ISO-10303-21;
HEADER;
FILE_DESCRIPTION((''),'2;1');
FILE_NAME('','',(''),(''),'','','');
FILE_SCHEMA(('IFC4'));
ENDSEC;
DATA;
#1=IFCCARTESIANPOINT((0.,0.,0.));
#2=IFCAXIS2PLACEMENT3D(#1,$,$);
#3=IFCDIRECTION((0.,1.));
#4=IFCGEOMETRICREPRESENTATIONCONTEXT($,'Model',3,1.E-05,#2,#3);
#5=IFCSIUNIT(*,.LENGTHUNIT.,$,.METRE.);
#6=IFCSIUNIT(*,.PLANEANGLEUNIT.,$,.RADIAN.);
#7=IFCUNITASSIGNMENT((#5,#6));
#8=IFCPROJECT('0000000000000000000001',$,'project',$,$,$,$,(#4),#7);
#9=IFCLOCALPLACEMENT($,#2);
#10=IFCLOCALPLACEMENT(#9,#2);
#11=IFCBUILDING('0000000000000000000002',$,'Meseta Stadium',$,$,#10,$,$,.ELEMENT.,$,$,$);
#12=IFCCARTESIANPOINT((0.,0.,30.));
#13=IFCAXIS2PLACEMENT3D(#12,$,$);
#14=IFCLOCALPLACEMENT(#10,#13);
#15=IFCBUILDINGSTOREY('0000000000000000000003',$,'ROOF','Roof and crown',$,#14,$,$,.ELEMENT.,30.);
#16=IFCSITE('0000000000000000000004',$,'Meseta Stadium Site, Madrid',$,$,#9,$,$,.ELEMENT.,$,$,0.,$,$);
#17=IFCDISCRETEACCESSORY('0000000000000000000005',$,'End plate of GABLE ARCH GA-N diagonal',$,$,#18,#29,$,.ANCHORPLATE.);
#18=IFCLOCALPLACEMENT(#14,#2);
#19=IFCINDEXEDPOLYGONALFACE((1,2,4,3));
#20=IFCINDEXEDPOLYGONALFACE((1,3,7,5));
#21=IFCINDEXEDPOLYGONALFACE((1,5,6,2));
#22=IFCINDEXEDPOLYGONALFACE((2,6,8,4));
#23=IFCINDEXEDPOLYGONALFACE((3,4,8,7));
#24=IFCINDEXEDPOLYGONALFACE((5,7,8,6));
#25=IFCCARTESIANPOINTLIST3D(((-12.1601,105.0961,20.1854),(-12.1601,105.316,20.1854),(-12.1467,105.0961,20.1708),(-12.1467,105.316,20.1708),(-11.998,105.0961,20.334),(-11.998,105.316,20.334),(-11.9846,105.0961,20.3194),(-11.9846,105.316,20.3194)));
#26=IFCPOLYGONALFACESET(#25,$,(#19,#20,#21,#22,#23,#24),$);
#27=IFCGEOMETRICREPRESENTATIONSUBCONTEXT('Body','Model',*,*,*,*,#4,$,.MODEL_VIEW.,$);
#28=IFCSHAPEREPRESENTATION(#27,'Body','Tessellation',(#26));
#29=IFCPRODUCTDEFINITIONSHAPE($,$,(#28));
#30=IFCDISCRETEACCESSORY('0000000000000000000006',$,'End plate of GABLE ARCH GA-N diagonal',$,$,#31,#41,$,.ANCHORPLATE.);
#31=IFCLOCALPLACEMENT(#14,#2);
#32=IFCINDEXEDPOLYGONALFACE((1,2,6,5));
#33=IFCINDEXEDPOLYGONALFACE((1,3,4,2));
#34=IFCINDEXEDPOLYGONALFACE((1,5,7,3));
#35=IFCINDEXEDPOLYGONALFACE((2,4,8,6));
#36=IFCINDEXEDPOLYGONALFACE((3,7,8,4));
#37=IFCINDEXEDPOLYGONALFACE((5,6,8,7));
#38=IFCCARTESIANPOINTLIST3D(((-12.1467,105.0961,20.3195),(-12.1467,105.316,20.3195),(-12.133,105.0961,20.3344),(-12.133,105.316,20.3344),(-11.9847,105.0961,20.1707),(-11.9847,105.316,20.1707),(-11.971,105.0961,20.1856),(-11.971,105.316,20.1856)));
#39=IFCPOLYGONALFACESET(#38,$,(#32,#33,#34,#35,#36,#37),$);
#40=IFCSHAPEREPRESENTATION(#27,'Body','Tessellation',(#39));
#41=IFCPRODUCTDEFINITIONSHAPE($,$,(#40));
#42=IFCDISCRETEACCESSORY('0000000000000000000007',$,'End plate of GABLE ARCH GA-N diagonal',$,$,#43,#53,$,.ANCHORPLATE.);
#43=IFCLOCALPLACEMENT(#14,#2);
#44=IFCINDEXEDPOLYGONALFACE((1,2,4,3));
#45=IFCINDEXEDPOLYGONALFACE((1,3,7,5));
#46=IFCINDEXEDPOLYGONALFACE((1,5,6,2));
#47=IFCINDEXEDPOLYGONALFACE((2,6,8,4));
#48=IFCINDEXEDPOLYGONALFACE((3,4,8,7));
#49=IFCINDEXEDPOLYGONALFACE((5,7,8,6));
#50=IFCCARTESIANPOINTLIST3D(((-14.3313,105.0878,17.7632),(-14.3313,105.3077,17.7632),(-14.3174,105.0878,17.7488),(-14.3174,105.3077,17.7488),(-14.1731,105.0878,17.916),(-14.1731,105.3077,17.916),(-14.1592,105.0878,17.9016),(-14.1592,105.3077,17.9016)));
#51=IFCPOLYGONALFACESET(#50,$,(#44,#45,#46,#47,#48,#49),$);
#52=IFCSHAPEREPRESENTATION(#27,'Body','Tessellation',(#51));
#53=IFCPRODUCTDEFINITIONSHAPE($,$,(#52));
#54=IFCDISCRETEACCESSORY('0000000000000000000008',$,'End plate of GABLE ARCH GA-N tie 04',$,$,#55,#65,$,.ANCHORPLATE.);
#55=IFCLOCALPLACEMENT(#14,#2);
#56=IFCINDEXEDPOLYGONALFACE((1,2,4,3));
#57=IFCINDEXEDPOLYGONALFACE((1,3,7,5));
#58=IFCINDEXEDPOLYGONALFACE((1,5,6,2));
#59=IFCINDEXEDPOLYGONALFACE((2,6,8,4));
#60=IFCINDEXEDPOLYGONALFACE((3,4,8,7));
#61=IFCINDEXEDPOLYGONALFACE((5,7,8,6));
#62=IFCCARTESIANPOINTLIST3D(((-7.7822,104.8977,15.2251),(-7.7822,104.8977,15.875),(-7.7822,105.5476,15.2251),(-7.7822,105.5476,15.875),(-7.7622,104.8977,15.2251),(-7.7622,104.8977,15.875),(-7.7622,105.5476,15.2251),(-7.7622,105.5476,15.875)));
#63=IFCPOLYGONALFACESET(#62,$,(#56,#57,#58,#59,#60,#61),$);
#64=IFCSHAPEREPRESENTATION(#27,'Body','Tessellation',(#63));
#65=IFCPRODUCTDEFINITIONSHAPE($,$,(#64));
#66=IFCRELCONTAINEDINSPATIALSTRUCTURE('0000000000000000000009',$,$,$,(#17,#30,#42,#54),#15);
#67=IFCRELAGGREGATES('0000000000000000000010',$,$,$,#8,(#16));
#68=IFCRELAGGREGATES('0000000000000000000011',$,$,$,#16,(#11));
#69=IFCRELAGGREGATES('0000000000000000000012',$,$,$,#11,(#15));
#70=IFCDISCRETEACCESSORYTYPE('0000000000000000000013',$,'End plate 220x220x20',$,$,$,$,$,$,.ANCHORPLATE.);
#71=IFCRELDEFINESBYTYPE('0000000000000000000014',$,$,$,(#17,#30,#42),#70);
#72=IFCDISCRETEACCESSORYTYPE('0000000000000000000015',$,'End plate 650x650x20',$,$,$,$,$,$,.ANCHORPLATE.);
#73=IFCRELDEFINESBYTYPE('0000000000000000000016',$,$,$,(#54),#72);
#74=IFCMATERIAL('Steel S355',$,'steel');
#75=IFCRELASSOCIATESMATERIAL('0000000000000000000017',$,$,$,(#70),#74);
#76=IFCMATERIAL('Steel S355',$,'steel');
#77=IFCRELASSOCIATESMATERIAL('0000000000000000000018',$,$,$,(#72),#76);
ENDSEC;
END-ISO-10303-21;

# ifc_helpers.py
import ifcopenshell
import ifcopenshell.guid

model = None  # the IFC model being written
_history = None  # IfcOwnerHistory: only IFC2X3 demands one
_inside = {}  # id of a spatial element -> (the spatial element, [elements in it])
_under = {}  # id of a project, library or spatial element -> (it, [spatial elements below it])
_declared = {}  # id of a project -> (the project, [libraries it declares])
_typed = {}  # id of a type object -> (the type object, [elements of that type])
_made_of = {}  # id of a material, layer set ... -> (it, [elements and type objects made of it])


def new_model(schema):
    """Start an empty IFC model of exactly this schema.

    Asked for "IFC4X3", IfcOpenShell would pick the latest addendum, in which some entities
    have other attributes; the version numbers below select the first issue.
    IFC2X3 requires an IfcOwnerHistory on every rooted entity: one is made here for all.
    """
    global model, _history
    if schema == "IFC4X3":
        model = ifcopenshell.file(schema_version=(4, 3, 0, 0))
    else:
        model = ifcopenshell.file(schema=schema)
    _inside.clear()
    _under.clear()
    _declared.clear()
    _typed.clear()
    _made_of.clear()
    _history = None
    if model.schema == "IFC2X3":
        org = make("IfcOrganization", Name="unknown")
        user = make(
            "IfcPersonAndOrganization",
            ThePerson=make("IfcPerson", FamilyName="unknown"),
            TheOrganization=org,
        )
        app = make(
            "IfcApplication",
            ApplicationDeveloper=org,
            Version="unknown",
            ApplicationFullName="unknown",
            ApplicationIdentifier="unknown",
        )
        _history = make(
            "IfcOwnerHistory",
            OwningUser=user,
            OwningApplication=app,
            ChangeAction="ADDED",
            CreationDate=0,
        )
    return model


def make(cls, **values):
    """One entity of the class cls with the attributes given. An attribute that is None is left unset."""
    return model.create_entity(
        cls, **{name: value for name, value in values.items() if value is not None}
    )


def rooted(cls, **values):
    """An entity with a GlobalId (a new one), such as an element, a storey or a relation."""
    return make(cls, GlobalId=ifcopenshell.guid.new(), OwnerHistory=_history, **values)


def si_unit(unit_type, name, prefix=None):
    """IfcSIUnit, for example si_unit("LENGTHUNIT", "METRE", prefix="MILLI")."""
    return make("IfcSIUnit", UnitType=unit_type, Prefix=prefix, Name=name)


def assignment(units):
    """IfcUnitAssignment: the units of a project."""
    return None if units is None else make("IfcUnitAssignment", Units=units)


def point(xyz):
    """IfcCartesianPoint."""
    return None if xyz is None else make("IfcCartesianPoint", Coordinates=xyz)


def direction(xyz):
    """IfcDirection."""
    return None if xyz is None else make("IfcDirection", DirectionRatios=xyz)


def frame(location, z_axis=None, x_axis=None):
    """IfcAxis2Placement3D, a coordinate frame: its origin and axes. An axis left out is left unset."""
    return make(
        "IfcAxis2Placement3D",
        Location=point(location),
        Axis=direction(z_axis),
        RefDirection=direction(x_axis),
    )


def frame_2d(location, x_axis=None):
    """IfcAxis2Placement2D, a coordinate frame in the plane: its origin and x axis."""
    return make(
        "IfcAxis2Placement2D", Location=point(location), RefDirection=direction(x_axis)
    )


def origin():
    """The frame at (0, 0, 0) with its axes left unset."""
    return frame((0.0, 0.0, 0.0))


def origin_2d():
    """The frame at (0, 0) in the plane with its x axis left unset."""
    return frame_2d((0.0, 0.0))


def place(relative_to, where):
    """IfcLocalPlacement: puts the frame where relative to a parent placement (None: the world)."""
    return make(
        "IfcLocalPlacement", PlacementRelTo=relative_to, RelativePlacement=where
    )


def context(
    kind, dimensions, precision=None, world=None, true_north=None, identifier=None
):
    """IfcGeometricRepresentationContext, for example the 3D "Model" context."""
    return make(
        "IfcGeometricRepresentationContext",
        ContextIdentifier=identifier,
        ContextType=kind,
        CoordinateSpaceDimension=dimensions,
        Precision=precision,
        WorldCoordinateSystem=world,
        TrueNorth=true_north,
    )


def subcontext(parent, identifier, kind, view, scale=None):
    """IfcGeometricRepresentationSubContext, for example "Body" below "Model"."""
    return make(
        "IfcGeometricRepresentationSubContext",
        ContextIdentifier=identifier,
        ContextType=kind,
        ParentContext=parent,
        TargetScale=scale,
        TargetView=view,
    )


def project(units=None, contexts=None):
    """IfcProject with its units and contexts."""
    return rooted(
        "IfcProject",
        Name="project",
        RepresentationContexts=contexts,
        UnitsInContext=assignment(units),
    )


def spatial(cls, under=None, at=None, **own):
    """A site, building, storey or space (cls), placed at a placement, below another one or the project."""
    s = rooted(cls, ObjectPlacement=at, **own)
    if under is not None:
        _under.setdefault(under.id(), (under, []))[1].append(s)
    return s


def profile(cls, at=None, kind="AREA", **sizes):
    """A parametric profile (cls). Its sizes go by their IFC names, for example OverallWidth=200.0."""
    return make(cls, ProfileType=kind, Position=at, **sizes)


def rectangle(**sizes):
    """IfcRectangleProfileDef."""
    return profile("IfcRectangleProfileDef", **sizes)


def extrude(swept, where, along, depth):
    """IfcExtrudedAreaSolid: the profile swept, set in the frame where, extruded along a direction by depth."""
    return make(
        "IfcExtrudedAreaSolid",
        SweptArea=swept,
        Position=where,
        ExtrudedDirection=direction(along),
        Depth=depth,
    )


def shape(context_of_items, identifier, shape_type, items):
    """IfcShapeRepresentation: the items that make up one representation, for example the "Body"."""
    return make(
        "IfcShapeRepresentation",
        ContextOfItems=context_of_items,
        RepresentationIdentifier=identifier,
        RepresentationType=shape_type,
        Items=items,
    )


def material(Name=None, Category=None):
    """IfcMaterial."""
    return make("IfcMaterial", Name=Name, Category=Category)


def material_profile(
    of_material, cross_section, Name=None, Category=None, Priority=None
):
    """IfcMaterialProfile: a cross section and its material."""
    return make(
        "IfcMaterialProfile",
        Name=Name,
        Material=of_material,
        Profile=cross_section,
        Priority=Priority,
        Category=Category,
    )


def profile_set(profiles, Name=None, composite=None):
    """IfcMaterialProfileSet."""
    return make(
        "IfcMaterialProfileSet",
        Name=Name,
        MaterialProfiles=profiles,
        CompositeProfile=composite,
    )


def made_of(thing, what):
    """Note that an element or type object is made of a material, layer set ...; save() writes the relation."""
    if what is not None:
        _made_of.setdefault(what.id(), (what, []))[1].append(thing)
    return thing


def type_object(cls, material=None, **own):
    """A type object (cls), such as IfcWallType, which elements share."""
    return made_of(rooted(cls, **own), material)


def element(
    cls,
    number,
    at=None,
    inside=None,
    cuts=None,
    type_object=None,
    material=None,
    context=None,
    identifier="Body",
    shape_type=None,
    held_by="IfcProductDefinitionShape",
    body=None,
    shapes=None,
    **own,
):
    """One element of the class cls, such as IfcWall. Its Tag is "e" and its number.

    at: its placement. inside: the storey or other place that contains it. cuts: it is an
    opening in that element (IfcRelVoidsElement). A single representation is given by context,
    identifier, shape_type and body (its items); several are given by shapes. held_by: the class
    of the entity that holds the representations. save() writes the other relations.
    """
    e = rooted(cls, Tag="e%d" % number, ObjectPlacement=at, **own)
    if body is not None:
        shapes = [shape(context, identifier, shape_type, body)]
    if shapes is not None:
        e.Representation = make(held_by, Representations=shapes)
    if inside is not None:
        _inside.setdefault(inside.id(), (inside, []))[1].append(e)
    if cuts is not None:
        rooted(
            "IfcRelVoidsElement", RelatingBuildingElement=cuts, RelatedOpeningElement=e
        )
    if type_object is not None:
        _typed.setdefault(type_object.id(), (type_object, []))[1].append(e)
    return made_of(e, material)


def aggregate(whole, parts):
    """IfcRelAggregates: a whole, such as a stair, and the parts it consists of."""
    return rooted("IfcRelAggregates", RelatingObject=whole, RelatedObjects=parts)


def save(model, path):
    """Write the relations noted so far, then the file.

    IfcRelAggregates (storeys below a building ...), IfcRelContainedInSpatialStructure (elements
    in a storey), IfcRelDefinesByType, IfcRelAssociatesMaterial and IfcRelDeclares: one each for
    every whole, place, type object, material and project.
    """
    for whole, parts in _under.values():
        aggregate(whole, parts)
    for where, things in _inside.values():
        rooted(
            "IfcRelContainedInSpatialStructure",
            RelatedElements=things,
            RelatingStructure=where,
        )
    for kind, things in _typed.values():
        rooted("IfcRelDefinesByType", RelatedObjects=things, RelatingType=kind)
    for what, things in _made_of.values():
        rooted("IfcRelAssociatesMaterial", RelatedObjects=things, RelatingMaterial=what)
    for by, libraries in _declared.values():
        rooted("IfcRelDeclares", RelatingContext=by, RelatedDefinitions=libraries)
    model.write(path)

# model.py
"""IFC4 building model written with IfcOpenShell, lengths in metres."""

from ifc_helpers import new_model, si_unit, direction, frame, origin, origin_2d, place, context, subcontext, project, spatial, rectangle, extrude, material, material_profile, profile_set, type_object, element, save


model = new_model("IFC4")

# Units and contexts
model_context = context("Model", 3, precision=1e-05, world=origin(), true_north=direction((0.0, 1.0)))
body_context = subcontext(model_context, "Body", "Model", "MODEL_VIEW")
ifc_project = project(units=[si_unit("LENGTHUNIT", "METRE"), si_unit("PLANEANGLEUNIT", "RADIAN")], contexts=[model_context])

# Site, building, storey
site_placement = place(None, origin())
site = spatial("IfcSite", under=ifc_project, at=site_placement, Name="Meseta Stadium Site, Madrid", CompositionType="ELEMENT", RefElevation=0.0)
building_placement = place(site_placement, origin())
building = spatial("IfcBuilding", under=site, at=building_placement, Name="Meseta Stadium", CompositionType="ELEMENT")
storey_placement = place(building_placement, frame((0.0, 0.0, 30.0)))
storey = spatial("IfcBuildingStorey", under=building, at=storey_placement, Name="ROOF", Description="Roof and crown", CompositionType="ELEMENT", Elevation=30.0)

# Discrete accessories
ifc_material_1 = material(Name="Steel S355", Category="steel")
ifc_material_profile_1 = material_profile(ifc_material_1, rectangle(XDim=0.22, YDim=0.22, at=origin_2d()), Name="PL 220x220")
ifc_profile_set_1 = profile_set([ifc_material_profile_1], Name="Steel S355")
discrete_accessory_type_1 = type_object("IfcDiscreteAccessoryType", Name="End plate 220x220x20", PredefinedType="ANCHORPLATE", material=ifc_profile_set_1)
discrete_accessory_1_placement = place(storey_placement, frame((-12.0657, 105.2061, 20.2451), z_axis=(-0.675725, 0.0, 0.737154), x_axis=(0.0, -1.0, 0.0)))
element("IfcDiscreteAccessory", 1, at=discrete_accessory_1_placement, inside=storey, type_object=discrete_accessory_type_1, Name="End plate of GABLE ARCH GA-N diagonal", PredefinedType="ANCHORPLATE", context=body_context, shape_type="SweptSolid", body=[
    extrude(rectangle(XDim=0.22, YDim=0.22, at=origin_2d()), origin(), (0.0, 0.0, 1.0), 0.0198),
])
discrete_accessory_2_placement = place(storey_placement, frame((-12.052, 105.2061, 20.26), z_axis=(-0.676271, 0.0, -0.736653), x_axis=(0.0, -1.0, 0.0)))
element("IfcDiscreteAccessory", 2, at=discrete_accessory_2_placement, inside=storey, type_object=discrete_accessory_type_1, Name="End plate of GABLE ARCH GA-N diagonal", PredefinedType="ANCHORPLATE", context=body_context, shape_type="SweptSolid", body=[
    extrude(rectangle(XDim=0.22, YDim=0.22, at=origin_2d()), origin(), (0.0, 0.0, 1.0), 0.0203),
])
discrete_accessory_3_placement = place(storey_placement, frame((-14.2383, 105.1978, 17.8252), z_axis=(-0.694812, 0.0, 0.719191), x_axis=(0.0, -1.0, 0.0)))
element("IfcDiscreteAccessory", 3, at=discrete_accessory_3_placement, inside=storey, type_object=discrete_accessory_type_1, Name="End plate of GABLE ARCH GA-N diagonal", PredefinedType="ANCHORPLATE", context=body_context, shape_type="SweptSolid", body=[
    extrude(rectangle(XDim=0.22, YDim=0.22, at=origin_2d()), origin(), (0.0, 0.0, 1.0), 0.02),
])
ifc_material_2 = material(Name="Steel S355", Category="steel")
ifc_material_profile_2 = material_profile(ifc_material_2, rectangle(XDim=0.6499, YDim=0.6499, at=origin_2d()), Name="PL 650x650")
ifc_profile_set_2 = profile_set([ifc_material_profile_2], Name="Steel S355")
discrete_accessory_type_2 = type_object("IfcDiscreteAccessoryType", Name="End plate 650x650x20", PredefinedType="ANCHORPLATE", material=ifc_profile_set_2)
discrete_accessory_4_placement = place(storey_placement, frame((-7.7622, 105.2227, 15.55), z_axis=(-1.0, 0.0, 0.0), x_axis=(0.0, -1.0, 0.0)))
element("IfcDiscreteAccessory", 4, at=discrete_accessory_4_placement, inside=storey, type_object=discrete_accessory_type_2, Name="End plate of GABLE ARCH GA-N tie 04", PredefinedType="ANCHORPLATE", context=body_context, shape_type="SweptSolid", body=[
    extrude(rectangle(XDim=0.6499, YDim=0.6499, at=origin_2d()), origin(), (0.0, 0.0, 1.0), 0.02),
])

save(model, "model.ifc")
